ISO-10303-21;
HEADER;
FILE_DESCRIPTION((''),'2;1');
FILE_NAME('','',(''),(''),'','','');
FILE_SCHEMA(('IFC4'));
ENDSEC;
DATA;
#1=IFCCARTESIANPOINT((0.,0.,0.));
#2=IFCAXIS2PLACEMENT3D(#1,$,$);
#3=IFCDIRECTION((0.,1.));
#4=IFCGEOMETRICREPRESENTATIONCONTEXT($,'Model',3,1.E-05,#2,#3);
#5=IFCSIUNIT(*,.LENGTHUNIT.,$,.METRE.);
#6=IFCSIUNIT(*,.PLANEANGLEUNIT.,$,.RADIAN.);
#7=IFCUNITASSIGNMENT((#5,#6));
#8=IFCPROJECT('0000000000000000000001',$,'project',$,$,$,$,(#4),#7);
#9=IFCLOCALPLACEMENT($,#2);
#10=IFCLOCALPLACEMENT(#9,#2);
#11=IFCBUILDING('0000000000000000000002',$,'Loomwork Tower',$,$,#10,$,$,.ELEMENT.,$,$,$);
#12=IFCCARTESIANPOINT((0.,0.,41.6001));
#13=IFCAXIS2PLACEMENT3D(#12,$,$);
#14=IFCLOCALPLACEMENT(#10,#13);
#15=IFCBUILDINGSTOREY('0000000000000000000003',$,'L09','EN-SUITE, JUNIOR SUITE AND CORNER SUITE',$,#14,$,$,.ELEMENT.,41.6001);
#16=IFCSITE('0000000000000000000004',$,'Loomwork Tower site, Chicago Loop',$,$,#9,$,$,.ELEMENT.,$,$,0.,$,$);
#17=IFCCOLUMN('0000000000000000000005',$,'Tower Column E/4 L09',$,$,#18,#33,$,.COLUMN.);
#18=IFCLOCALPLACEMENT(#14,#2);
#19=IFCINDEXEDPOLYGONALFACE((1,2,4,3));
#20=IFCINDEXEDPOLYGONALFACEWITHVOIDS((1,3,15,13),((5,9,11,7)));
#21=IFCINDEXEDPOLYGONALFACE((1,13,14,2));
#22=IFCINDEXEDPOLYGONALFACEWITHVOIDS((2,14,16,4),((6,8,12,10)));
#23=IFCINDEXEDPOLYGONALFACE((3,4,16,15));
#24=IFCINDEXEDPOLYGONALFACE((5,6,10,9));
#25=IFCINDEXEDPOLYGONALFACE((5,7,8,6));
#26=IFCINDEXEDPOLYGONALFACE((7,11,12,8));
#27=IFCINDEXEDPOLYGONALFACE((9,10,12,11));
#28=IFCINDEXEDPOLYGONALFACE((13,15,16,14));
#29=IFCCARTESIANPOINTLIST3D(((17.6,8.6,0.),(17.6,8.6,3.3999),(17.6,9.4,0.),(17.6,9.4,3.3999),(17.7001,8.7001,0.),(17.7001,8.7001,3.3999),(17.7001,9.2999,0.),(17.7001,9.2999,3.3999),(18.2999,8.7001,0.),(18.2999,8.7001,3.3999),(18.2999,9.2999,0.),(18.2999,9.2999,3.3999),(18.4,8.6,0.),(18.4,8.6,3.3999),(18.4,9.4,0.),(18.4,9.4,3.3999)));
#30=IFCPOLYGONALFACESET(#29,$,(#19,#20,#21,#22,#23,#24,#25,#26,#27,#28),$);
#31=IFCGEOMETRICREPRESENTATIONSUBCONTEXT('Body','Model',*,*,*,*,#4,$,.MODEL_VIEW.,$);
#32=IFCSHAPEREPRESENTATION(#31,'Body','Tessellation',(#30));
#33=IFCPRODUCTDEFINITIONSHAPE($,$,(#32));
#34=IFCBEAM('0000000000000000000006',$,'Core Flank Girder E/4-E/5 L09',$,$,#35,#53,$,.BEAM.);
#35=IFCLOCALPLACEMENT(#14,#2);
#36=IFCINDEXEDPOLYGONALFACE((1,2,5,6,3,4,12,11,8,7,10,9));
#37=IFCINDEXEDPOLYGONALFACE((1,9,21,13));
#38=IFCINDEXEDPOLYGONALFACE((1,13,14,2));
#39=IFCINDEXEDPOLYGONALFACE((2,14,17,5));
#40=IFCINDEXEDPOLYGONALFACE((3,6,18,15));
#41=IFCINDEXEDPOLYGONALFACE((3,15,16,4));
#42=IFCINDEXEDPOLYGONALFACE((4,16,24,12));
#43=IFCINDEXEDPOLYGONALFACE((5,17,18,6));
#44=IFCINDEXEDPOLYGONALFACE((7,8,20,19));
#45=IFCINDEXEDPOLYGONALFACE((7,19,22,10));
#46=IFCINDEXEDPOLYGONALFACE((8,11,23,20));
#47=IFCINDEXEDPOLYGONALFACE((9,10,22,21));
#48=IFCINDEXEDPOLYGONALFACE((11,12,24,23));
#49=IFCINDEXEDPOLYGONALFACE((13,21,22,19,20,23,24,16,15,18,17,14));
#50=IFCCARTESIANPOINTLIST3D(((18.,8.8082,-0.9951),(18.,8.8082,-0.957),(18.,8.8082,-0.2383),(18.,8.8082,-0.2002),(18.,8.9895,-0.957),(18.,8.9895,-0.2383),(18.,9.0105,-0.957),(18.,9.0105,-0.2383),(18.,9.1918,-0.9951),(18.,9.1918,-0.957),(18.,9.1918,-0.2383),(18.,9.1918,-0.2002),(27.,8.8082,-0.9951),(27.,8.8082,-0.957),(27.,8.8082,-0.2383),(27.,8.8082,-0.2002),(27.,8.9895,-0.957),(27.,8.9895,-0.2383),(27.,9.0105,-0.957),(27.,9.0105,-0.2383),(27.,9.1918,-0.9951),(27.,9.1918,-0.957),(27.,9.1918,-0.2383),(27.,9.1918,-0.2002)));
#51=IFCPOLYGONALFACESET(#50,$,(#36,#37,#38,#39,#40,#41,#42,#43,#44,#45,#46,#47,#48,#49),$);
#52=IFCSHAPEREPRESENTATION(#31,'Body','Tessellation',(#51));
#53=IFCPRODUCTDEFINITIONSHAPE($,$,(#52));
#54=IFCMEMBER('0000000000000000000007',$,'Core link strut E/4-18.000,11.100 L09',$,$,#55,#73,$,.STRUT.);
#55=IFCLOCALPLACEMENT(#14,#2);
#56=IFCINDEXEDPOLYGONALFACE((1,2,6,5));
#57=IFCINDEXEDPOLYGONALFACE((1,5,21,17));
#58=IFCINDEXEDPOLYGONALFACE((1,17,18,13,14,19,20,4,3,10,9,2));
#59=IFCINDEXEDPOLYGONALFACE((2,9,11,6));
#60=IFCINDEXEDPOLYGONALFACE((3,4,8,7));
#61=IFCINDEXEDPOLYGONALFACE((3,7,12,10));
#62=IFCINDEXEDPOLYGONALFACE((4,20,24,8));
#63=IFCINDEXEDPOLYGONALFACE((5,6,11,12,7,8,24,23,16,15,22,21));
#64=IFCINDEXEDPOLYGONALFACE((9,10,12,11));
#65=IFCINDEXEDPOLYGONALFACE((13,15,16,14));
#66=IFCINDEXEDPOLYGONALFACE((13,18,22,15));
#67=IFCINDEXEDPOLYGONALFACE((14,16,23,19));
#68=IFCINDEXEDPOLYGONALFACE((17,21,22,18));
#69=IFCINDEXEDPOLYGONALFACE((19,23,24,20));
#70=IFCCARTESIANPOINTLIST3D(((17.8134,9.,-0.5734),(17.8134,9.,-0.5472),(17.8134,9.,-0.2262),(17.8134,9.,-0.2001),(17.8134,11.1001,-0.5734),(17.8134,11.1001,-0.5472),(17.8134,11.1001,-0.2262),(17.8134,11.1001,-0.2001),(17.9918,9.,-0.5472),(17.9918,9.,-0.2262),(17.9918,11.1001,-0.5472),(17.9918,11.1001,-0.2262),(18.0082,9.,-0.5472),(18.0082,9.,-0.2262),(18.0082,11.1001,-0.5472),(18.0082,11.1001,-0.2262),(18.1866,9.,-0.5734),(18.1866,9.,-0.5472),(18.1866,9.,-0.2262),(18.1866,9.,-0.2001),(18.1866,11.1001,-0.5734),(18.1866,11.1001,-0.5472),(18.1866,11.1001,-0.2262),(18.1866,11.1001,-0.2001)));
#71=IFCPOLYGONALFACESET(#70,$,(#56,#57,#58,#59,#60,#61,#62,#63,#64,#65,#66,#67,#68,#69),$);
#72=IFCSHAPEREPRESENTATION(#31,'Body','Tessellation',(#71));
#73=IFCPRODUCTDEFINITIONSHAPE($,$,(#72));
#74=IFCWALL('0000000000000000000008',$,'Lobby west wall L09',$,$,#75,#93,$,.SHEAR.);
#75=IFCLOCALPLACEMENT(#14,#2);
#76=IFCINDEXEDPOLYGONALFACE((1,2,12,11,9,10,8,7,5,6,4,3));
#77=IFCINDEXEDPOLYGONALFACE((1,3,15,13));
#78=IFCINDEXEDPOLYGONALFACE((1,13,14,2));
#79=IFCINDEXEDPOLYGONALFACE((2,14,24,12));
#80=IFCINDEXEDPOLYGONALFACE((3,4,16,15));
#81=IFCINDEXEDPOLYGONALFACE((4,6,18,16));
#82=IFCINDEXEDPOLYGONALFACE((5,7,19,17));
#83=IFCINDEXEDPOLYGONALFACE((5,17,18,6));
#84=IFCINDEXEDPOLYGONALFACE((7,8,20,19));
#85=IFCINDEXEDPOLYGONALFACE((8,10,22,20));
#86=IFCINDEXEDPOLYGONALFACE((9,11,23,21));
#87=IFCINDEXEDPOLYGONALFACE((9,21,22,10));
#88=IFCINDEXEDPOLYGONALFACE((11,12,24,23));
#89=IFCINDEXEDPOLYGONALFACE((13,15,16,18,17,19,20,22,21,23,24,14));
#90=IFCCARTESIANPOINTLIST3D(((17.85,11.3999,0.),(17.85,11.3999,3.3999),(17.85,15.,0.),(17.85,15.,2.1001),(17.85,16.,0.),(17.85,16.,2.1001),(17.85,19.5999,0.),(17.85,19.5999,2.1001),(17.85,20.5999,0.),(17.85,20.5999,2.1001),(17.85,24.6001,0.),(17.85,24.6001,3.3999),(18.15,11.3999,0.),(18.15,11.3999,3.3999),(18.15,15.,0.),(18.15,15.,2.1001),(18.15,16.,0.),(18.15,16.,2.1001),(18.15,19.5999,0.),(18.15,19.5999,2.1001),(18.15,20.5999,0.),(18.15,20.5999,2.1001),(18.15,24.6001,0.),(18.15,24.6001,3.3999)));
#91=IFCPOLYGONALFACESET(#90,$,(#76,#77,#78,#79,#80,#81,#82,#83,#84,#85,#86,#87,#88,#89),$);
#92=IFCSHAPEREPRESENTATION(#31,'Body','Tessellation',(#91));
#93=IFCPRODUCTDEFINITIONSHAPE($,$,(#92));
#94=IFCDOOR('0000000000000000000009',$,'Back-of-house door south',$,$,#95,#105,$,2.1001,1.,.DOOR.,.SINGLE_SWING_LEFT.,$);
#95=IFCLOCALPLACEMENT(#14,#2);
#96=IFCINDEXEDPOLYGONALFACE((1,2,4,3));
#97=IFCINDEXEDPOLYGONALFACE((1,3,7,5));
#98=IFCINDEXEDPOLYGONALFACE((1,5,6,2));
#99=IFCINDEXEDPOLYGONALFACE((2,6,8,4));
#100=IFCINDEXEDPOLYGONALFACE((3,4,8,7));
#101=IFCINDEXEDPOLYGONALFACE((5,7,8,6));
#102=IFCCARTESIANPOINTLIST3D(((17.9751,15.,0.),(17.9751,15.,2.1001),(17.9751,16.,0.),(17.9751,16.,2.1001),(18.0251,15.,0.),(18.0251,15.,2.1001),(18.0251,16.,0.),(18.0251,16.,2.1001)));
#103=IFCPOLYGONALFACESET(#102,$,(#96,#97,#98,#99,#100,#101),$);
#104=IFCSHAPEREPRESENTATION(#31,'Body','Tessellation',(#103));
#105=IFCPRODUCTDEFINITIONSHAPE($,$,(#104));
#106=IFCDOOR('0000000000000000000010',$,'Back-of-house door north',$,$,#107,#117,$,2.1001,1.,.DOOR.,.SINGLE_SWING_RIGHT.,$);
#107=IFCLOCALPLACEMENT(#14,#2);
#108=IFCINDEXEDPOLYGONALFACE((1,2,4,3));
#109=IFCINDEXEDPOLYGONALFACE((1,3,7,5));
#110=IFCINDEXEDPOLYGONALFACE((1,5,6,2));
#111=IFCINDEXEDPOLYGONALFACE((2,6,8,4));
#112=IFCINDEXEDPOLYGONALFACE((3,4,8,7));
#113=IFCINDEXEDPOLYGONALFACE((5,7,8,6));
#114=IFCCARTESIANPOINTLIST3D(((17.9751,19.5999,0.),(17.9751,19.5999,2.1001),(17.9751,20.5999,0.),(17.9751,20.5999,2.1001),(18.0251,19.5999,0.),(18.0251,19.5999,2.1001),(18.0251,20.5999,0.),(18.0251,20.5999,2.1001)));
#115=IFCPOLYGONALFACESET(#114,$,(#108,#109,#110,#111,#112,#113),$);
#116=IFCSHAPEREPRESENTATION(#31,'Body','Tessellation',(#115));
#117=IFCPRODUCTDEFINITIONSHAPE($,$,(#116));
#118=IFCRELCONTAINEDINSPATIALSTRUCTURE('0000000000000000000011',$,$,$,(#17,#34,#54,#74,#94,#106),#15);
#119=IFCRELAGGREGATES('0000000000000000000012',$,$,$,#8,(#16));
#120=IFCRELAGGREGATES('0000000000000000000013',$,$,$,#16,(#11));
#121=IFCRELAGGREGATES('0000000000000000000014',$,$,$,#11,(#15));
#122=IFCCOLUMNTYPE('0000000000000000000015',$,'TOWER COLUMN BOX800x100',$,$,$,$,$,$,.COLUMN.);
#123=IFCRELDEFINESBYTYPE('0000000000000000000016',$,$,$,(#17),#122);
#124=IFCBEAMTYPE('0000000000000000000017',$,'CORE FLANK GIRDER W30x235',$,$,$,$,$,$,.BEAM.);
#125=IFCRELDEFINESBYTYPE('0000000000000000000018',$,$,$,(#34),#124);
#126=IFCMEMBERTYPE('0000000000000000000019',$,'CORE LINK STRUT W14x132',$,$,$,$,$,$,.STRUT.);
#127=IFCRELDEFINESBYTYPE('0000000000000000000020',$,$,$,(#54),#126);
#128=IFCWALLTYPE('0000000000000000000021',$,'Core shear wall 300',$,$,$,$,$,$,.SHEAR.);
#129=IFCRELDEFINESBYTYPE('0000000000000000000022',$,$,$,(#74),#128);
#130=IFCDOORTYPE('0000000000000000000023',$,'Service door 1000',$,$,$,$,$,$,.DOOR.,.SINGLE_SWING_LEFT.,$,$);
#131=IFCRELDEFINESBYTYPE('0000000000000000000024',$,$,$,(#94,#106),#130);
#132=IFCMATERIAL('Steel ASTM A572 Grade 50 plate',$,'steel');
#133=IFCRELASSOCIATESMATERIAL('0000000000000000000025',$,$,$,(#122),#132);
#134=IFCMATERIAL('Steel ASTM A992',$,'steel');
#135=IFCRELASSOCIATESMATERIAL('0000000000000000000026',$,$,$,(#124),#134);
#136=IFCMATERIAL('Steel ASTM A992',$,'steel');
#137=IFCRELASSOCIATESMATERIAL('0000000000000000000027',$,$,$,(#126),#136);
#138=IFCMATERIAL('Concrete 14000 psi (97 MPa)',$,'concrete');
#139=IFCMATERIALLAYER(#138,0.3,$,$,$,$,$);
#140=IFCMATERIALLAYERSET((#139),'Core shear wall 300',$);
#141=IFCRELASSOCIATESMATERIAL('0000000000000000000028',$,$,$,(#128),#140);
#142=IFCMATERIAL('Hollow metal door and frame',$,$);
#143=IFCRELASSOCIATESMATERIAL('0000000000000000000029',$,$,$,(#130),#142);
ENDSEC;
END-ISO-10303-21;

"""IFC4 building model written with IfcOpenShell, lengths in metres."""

from ifc_helpers import new_model, si_unit, direction, frame, frame_2d, origin, origin_2d, place, context, subcontext, project, spatial, rectangle, hollow_rectangle, i_section, extrude, material, layer, layer_set, material_profile, profile_set, type_object, element, fill, save


model = new_model("IFC4")

# Units and contexts
model_context = context("Model", 3, precision=1e-05, world=origin(), true_north=direction((0.0, 1.0)))
body_context = subcontext(model_context, "Body", "Model", "MODEL_VIEW")
ifc_project = project(units=[si_unit("LENGTHUNIT", "METRE"), si_unit("PLANEANGLEUNIT", "RADIAN")], contexts=[model_context])

# Site, building, storey
site_placement = place(None, origin())
site = spatial("IfcSite", under=ifc_project, at=site_placement, Name="Loomwork Tower site, Chicago Loop", CompositionType="ELEMENT", RefElevation=0.0)
building_placement = place(site_placement, origin())
building = spatial("IfcBuilding", under=site, at=building_placement, Name="Loomwork Tower", CompositionType="ELEMENT")
storey_placement = place(building_placement, frame((0.0, 0.0, 41.6001)))
storey = spatial("IfcBuildingStorey", under=building, at=storey_placement, Name="L09", Description="EN-SUITE, JUNIOR SUITE AND CORNER SUITE", CompositionType="ELEMENT", Elevation=41.6001)

# Column
ifc_material_1 = material(Name="Steel ASTM A572 Grade 50 plate", Category="steel")
ifc_material_profile_1 = material_profile(ifc_material_1, hollow_rectangle(XDim=0.8, YDim=0.8, WallThickness=0.1001, at=origin_2d()), Name="BOX800x100")
ifc_profile_set_1 = profile_set([ifc_material_profile_1], Name="Steel ASTM A572 Grade 50 plate")
column_type = type_object("IfcColumnType", Name="TOWER COLUMN BOX800x100", PredefinedType="COLUMN", material=ifc_profile_set_1)
column_placement = place(storey_placement, frame((18.0, 9.0, 0.0), z_axis=(0.0, 0.0, 1.0), x_axis=(1.0, 0.0, 0.0)))
element("IfcColumn", 1, at=column_placement, inside=storey, type_object=column_type, Name="Tower Column E/4 L09", PredefinedType="COLUMN", context=body_context, shape_type="SweptSolid", body=[
    extrude(hollow_rectangle(XDim=0.8, YDim=0.8, WallThickness=0.1001, at=origin_2d()), origin(), (0.0, 0.0, 1.0), 3.3999),
])

# Beam
ifc_material_2 = material(Name="Steel ASTM A992", Category="steel")
ifc_material_profile_2 = material_profile(ifc_material_2, i_section(OverallWidth=0.3835, OverallDepth=0.7949, WebThickness=0.021, FlangeThickness=0.0381, at=origin_2d()), Name="W30x235")
ifc_profile_set_2 = profile_set([ifc_material_profile_2], Name="Steel ASTM A992")
beam_type = type_object("IfcBeamType", Name="CORE FLANK GIRDER W30x235", PredefinedType="BEAM", material=ifc_profile_set_2)
beam_placement = place(storey_placement, frame((18.0, 9.0, -0.5977), z_axis=(1.0, 0.0, 0.0), x_axis=(0.0, 1.0, 0.0)))
element("IfcBeam", 2, at=beam_placement, inside=storey, type_object=beam_type, Name="Core Flank Girder E/4-E/5 L09", PredefinedType="BEAM", context=body_context, shape_type="SweptSolid", body=[
    extrude(i_section(OverallWidth=0.3835, OverallDepth=0.7949, WebThickness=0.021, FlangeThickness=0.0381, at=origin_2d()), origin(), (0.0, 0.0, 1.0), 9.0),
])

# Member
ifc_material_3 = material(Name="Steel ASTM A992", Category="steel")
ifc_material_profile_3 = material_profile(ifc_material_3, i_section(OverallWidth=0.3733, OverallDepth=0.3733, WebThickness=0.0164, FlangeThickness=0.0261, at=origin_2d()), Name="W14x132")
ifc_profile_set_3 = profile_set([ifc_material_profile_3], Name="Steel ASTM A992")
member_type = type_object("IfcMemberType", Name="CORE LINK STRUT W14x132", PredefinedType="STRUT", material=ifc_profile_set_3)
member_placement = place(storey_placement, frame((18.0, 9.0, -0.3867), z_axis=(0.0, 1.0, 0.0), x_axis=(-1.0, 0.0, 0.0)))
element("IfcMember", 3, at=member_placement, inside=storey, type_object=member_type, Name="Core link strut E/4-18.000,11.100 L09", PredefinedType="STRUT", context=body_context, shape_type="SweptSolid", body=[
    extrude(i_section(OverallWidth=0.3733, OverallDepth=0.3733, WebThickness=0.0164, FlangeThickness=0.0261, at=origin_2d()), origin(), (0.0, 0.0, 1.0), 2.1001),
])

# Wall, openings, doors
ifc_material_4 = material(Name="Concrete 14000 psi (97 MPa)", Category="concrete")
ifc_layer_1 = layer(ifc_material_4, 0.3)
ifc_layer_set_1 = layer_set([ifc_layer_1], Name="Core shear wall 300")
wall_type_1 = type_object("IfcWallType", Name="Core shear wall 300", PredefinedType="SHEAR", material=ifc_layer_set_1)
wall_1_placement = place(storey_placement, frame((18.0, 11.3999, 0.0), z_axis=(0.0, 0.0, 1.0), x_axis=(0.0, 1.0, 0.0)))
wall_1 = element("IfcWall", 4, at=wall_1_placement, inside=storey, type_object=wall_type_1, Name="Lobby west wall L09", PredefinedType="SHEAR", context=body_context, shape_type="SweptSolid", body=[
    extrude(rectangle(XDim=13.2002, YDim=0.3, at=frame_2d((6.6001, 0.0))), origin(), (0.0, 0.0, 1.0), 3.3999),
])
opening_1_placement = place(wall_1_placement, frame((3.6001, 0.0, 0.0)))
opening_1 = element("IfcOpeningElement", 5, at=opening_1_placement, cuts=wall_1, PredefinedType="OPENING", context=body_context, shape_type="SweptSolid", body=[
    extrude(rectangle(XDim=1.0, YDim=2.1001, at=frame_2d((0.5, 1.05))), frame((0.0, 0.1599, 0.0), z_axis=(0.0, -1.0, 0.0), x_axis=(1.0, 0.0, 0.0)), (0.0, 0.0, 1.0), 0.3201),
])
opening_2_placement = place(wall_1_placement, frame((8.2, 0.0, 0.0)))
opening_2 = element("IfcOpeningElement", 6, at=opening_2_placement, cuts=wall_1, PredefinedType="OPENING", context=body_context, shape_type="SweptSolid", body=[
    extrude(rectangle(XDim=1.0, YDim=2.1001, at=frame_2d((0.5, 1.05))), frame((0.0, 0.1599, 0.0), z_axis=(0.0, -1.0, 0.0), x_axis=(1.0, 0.0, 0.0)), (0.0, 0.0, 1.0), 0.3201),
])
ifc_material_5 = material(Name="Hollow metal door and frame")
door_type_1 = type_object("IfcDoorType", Name="Service door 1000", OperationType="SINGLE_SWING_LEFT", PredefinedType="DOOR", material=ifc_material_5)
door_1_placement = place(opening_1_placement, origin())
door_1 = element("IfcDoor", 7, at=door_1_placement, inside=storey, type_object=door_type_1, Name="Back-of-house door south", OperationType="SINGLE_SWING_LEFT", OverallHeight=2.1001, OverallWidth=1.0, PredefinedType="DOOR", context=body_context, shape_type="SweptSolid", body=[
    extrude(rectangle(XDim=1.0, YDim=2.1001, at=frame_2d((0.5, 1.05))), frame((0.0, 0.0249, 0.0), z_axis=(0.0, -1.0, 0.0), x_axis=(1.0, 0.0, 0.0)), (0.0, 0.0, 1.0), 0.05),
])
fill(opening_1, door_1)
door_2_placement = place(opening_2_placement, origin())
door_2 = element("IfcDoor", 8, at=door_2_placement, inside=storey, type_object=door_type_1, Name="Back-of-house door north", OperationType="SINGLE_SWING_RIGHT", OverallHeight=2.1001, OverallWidth=1.0, PredefinedType="DOOR", context=body_context, shape_type="SweptSolid", body=[
    extrude(rectangle(XDim=1.0, YDim=2.1001, at=frame_2d((0.5, 1.05))), frame((0.0, 0.0249, 0.0), z_axis=(0.0, -1.0, 0.0), x_axis=(1.0, 0.0, 0.0)), (0.0, 0.0, 1.0), 0.05),
])
fill(opening_2, door_2)

save(model, "model.ifc")
